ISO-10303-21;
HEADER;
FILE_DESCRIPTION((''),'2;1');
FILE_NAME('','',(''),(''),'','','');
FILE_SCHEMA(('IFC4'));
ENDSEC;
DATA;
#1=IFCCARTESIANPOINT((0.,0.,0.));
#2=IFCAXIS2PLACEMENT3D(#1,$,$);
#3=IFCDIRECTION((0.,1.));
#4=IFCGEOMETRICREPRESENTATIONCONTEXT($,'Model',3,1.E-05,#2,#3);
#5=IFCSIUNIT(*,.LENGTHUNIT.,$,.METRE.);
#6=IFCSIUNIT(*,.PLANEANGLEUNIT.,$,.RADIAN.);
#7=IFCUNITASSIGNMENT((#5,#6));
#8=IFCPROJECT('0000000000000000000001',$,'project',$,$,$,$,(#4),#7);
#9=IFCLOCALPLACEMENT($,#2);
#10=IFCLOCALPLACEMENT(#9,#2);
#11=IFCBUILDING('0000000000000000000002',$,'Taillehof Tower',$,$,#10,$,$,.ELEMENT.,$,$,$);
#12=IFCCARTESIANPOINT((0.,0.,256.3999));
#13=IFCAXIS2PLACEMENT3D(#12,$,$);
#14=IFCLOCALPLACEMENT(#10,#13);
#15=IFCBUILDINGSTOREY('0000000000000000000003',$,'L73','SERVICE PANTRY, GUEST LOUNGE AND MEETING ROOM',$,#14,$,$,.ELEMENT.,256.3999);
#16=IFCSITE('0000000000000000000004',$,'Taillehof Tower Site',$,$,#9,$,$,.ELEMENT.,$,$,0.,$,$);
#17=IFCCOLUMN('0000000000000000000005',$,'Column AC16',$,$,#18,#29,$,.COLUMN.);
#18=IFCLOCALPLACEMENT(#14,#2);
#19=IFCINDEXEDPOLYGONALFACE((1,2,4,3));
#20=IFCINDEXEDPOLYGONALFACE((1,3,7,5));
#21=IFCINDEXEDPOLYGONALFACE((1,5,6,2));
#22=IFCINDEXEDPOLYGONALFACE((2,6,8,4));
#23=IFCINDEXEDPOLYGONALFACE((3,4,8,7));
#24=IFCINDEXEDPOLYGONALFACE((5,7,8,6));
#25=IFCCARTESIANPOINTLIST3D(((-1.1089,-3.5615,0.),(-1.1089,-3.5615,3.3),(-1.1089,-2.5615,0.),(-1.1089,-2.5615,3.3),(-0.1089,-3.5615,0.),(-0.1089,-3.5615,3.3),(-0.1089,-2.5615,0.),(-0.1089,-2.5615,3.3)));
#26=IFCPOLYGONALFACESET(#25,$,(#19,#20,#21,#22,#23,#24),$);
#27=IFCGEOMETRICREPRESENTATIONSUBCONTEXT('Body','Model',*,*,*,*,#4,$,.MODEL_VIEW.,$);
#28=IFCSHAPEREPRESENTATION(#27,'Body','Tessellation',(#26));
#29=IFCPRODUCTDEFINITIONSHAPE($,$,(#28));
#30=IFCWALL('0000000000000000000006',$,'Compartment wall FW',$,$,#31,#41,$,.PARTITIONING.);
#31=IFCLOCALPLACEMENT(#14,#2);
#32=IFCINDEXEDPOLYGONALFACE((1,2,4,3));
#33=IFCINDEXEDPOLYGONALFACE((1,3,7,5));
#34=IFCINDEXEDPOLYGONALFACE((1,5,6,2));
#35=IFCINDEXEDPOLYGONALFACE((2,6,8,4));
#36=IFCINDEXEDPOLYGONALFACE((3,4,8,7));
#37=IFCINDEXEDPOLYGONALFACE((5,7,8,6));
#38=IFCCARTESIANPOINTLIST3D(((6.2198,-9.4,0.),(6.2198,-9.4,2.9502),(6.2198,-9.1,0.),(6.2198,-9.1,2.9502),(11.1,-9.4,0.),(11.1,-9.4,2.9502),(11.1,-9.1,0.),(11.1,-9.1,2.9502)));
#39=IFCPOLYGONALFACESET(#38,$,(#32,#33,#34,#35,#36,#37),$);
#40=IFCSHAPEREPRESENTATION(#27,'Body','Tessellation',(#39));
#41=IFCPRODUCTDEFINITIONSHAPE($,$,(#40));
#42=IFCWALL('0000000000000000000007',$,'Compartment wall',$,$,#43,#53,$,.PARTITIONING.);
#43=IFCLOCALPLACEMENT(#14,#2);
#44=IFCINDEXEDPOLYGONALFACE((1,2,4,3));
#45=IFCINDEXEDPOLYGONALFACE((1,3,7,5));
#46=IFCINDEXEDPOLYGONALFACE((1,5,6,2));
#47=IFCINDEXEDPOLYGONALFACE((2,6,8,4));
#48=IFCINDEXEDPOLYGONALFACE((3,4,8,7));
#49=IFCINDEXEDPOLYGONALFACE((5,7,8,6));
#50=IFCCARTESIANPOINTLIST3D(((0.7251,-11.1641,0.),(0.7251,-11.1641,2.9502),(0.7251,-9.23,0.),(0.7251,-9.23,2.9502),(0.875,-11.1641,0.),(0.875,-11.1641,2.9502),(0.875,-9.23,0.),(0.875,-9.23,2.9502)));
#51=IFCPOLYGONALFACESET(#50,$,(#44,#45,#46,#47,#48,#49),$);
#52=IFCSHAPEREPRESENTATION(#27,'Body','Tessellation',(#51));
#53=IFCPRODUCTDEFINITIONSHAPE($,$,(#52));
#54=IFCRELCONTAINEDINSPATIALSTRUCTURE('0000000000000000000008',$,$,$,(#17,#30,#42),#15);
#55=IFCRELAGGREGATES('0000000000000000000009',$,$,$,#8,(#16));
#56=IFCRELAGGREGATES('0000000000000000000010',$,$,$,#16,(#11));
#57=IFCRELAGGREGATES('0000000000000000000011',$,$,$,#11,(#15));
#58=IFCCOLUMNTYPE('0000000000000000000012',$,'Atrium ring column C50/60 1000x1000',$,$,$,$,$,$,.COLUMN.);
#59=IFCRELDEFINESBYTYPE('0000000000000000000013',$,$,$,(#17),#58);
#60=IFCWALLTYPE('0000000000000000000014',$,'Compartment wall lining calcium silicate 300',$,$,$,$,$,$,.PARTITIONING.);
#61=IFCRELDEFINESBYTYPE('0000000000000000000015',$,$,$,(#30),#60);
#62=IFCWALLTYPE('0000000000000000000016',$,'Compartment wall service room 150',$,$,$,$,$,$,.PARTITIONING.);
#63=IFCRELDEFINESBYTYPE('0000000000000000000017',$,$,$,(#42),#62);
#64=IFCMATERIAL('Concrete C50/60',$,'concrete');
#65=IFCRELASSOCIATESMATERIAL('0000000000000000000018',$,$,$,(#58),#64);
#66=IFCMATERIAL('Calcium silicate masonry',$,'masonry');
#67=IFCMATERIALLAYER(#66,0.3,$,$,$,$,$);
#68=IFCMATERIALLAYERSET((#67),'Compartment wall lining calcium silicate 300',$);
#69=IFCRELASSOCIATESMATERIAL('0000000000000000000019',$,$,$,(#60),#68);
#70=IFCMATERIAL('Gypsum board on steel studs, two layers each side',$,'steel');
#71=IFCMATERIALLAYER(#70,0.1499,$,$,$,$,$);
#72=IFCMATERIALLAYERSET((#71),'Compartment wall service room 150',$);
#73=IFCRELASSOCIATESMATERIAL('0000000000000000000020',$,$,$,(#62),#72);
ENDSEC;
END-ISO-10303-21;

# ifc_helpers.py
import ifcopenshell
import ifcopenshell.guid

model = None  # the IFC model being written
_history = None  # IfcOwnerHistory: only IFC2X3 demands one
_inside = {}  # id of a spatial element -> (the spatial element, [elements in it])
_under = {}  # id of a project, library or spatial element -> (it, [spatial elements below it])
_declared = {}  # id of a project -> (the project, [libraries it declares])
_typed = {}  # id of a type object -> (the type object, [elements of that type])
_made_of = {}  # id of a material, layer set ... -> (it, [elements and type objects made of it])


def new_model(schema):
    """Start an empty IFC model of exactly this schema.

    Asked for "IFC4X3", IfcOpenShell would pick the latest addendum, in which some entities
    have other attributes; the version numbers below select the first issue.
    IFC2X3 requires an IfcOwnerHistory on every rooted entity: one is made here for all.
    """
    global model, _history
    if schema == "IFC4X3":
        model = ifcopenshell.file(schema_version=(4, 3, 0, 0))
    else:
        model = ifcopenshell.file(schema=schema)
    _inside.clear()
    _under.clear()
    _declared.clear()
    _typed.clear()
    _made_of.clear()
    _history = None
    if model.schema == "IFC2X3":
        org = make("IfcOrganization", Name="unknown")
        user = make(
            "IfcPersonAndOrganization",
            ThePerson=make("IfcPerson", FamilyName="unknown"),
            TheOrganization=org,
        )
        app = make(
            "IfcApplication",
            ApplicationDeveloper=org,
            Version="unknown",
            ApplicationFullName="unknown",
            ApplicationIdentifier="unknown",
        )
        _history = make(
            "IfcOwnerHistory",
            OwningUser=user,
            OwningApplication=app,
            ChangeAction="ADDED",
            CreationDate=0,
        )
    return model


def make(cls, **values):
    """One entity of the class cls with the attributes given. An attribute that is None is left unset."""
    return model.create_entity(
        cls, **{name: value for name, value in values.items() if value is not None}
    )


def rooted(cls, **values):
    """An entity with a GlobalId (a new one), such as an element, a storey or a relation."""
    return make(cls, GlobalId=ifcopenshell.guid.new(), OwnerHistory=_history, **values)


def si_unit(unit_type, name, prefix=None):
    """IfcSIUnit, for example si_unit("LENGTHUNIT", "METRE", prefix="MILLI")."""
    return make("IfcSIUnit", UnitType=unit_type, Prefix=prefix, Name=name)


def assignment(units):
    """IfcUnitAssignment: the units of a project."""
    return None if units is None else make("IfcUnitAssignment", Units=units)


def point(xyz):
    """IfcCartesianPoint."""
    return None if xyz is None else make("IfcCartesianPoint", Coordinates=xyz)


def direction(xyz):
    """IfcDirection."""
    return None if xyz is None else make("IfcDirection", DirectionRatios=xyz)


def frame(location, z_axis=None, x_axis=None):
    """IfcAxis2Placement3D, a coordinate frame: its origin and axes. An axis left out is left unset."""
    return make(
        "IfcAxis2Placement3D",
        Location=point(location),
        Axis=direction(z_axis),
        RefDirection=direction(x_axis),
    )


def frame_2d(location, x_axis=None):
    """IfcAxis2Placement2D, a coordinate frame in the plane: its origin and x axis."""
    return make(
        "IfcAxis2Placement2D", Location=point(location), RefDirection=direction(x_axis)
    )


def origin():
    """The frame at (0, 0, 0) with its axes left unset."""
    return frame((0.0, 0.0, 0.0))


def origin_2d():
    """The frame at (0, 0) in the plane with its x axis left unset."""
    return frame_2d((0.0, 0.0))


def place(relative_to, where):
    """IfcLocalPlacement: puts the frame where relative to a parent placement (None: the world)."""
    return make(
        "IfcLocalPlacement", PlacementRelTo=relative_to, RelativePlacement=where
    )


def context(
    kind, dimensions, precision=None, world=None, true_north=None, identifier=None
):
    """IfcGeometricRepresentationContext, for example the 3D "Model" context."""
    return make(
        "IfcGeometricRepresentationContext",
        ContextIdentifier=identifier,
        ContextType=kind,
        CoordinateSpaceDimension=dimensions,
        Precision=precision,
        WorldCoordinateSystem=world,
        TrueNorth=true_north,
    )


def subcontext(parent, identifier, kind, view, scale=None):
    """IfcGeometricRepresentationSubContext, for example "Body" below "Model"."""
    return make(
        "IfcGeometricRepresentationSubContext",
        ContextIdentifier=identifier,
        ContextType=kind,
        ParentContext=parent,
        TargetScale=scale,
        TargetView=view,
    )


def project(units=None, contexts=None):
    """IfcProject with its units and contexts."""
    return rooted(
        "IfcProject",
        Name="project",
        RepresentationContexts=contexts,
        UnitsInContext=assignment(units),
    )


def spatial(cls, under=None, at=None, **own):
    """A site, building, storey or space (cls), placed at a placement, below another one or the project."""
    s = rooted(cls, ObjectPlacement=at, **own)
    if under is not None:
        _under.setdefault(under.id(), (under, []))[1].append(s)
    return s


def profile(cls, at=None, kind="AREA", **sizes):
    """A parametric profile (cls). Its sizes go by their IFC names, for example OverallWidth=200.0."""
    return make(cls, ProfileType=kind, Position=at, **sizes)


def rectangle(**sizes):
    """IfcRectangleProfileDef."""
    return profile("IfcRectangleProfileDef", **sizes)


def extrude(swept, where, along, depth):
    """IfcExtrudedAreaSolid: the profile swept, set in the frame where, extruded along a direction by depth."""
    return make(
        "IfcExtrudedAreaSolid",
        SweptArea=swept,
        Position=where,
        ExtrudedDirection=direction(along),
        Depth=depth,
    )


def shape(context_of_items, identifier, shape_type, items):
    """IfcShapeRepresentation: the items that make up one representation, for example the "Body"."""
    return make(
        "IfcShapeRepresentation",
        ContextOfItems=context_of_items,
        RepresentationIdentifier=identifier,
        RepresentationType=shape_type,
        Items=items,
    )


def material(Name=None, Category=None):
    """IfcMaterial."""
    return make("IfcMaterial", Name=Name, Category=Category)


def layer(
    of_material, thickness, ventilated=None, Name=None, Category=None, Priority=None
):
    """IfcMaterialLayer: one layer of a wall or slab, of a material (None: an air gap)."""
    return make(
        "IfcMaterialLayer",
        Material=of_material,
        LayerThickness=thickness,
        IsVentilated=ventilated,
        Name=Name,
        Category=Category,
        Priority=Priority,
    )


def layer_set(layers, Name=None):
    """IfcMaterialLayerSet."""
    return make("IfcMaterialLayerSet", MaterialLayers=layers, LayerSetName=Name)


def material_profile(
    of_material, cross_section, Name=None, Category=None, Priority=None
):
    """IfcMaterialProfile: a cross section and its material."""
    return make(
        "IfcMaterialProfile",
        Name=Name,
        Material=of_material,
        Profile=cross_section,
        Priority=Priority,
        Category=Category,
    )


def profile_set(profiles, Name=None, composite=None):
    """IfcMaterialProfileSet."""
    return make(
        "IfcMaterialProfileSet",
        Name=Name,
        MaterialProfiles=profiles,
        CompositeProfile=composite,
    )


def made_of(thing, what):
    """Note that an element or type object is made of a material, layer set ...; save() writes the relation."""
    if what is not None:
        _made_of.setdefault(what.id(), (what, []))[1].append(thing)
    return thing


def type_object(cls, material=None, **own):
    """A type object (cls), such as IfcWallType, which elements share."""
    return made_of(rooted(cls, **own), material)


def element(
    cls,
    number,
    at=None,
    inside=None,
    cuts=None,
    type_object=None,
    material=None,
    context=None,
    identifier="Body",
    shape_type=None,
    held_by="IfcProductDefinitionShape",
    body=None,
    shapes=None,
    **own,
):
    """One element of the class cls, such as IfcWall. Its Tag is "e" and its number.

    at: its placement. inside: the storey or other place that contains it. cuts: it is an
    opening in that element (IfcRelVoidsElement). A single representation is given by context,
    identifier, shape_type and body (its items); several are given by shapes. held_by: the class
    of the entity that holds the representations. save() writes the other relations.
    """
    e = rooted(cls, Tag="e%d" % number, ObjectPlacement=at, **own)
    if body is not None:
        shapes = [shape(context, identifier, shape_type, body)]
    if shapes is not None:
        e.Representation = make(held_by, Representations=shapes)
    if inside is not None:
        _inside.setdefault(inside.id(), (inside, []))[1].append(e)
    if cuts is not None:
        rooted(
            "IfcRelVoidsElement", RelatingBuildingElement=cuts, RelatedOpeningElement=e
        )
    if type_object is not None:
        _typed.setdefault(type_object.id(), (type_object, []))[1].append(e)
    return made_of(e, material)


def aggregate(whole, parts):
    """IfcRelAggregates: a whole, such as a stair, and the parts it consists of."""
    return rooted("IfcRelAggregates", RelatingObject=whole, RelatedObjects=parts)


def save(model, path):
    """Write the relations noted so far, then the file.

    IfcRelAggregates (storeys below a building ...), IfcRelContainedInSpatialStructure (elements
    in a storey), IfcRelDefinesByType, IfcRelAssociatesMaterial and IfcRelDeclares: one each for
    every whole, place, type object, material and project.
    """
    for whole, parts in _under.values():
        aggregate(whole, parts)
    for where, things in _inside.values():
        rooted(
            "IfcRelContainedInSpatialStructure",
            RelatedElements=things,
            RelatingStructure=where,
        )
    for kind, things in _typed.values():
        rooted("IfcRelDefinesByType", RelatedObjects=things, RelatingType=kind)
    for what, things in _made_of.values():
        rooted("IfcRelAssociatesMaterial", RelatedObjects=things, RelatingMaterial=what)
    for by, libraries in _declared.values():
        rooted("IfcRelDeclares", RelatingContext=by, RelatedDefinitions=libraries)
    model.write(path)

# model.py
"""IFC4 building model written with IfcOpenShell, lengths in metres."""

from ifc_helpers import new_model, si_unit, direction, frame, frame_2d, origin, origin_2d, place, context, subcontext, project, spatial, rectangle, extrude, material, layer, layer_set, material_profile, profile_set, type_object, element, save


model = new_model("IFC4")

# Units and contexts
model_context = context("Model", 3, precision=1e-05, world=origin(), true_north=direction((0.0, 1.0)))
body_context = subcontext(model_context, "Body", "Model", "MODEL_VIEW")
ifc_project = project(units=[si_unit("LENGTHUNIT", "METRE"), si_unit("PLANEANGLEUNIT", "RADIAN")], contexts=[model_context])

# Site, building, storey
site_placement = place(None, origin())
site = spatial("IfcSite", under=ifc_project, at=site_placement, Name="Taillehof Tower Site", CompositionType="ELEMENT", RefElevation=0.0)
building_placement = place(site_placement, origin())
building = spatial("IfcBuilding", under=site, at=building_placement, Name="Taillehof Tower", CompositionType="ELEMENT")
storey_placement = place(building_placement, frame((0.0, 0.0, 256.3999)))
storey = spatial("IfcBuildingStorey", under=building, at=storey_placement, Name="L73", Description="SERVICE PANTRY, GUEST LOUNGE AND MEETING ROOM", CompositionType="ELEMENT", Elevation=256.3999)

# Column
ifc_material_1 = material(Name="Concrete C50/60", Category="concrete")
ifc_material_profile = material_profile(ifc_material_1, rectangle(XDim=1.0, YDim=1.0, at=origin_2d()), Name="RC 1000x1000")
ifc_profile_set = profile_set([ifc_material_profile], Name="Concrete C50/60")
column_type = type_object("IfcColumnType", Name="Atrium ring column C50/60 1000x1000", PredefinedType="COLUMN", material=ifc_profile_set)
column_placement = place(storey_placement, frame((-0.6089, -3.0615, 0.0), z_axis=(0.0, 0.0, 1.0), x_axis=(1.0, 0.0, 0.0)))
element("IfcColumn", 1, at=column_placement, inside=storey, type_object=column_type, Name="Column AC16", PredefinedType="COLUMN", context=body_context, shape_type="SweptSolid", body=[
    extrude(rectangle(XDim=1.0, YDim=1.0, at=origin_2d()), origin(), (0.0, 0.0, 1.0), 3.3),
])

# Walls
ifc_material_2 = material(Name="Calcium silicate masonry", Category="masonry")
ifc_layer_1 = layer(ifc_material_2, 0.3)
ifc_layer_set_1 = layer_set([ifc_layer_1], Name="Compartment wall lining calcium silicate 300")
wall_type_1 = type_object("IfcWallType", Name="Compartment wall lining calcium silicate 300", PredefinedType="PARTITIONING", material=ifc_layer_set_1)
wall_1_placement = place(storey_placement, frame((6.22, -9.25, 0.0), z_axis=(0.0, 0.0, 1.0), x_axis=(1.0, 0.0, 0.0)))
element("IfcWall", 2, at=wall_1_placement, inside=storey, type_object=wall_type_1, Name="Compartment wall FW", PredefinedType="PARTITIONING", context=body_context, shape_type="SweptSolid", body=[
    extrude(rectangle(XDim=4.8801, YDim=0.3, at=frame_2d((2.4399, 0.0))), origin(), (0.0, 0.0, 1.0), 2.9502),
])
ifc_material_3 = material(Name="Gypsum board on steel studs, two layers each side", Category="steel")
ifc_layer_2 = layer(ifc_material_3, 0.1499)
ifc_layer_set_2 = layer_set([ifc_layer_2], Name="Compartment wall service room 150")
wall_type_2 = type_object("IfcWallType", Name="Compartment wall service room 150", PredefinedType="PARTITIONING", material=ifc_layer_set_2)
wall_2_placement = place(storey_placement, frame((0.8, -9.23, 0.0), z_axis=(0.0, 0.0, 1.0), x_axis=(0.0, -1.0, 0.0)))
element("IfcWall", 3, at=wall_2_placement, inside=storey, type_object=wall_type_2, Name="Compartment wall", PredefinedType="PARTITIONING", context=body_context, shape_type="SweptSolid", body=[
    extrude(rectangle(XDim=1.9341, YDim=0.1499, at=frame_2d((0.967, 0.0))), origin(), (0.0, 0.0, 1.0), 2.9502),
])

save(model, "model.ifc")
